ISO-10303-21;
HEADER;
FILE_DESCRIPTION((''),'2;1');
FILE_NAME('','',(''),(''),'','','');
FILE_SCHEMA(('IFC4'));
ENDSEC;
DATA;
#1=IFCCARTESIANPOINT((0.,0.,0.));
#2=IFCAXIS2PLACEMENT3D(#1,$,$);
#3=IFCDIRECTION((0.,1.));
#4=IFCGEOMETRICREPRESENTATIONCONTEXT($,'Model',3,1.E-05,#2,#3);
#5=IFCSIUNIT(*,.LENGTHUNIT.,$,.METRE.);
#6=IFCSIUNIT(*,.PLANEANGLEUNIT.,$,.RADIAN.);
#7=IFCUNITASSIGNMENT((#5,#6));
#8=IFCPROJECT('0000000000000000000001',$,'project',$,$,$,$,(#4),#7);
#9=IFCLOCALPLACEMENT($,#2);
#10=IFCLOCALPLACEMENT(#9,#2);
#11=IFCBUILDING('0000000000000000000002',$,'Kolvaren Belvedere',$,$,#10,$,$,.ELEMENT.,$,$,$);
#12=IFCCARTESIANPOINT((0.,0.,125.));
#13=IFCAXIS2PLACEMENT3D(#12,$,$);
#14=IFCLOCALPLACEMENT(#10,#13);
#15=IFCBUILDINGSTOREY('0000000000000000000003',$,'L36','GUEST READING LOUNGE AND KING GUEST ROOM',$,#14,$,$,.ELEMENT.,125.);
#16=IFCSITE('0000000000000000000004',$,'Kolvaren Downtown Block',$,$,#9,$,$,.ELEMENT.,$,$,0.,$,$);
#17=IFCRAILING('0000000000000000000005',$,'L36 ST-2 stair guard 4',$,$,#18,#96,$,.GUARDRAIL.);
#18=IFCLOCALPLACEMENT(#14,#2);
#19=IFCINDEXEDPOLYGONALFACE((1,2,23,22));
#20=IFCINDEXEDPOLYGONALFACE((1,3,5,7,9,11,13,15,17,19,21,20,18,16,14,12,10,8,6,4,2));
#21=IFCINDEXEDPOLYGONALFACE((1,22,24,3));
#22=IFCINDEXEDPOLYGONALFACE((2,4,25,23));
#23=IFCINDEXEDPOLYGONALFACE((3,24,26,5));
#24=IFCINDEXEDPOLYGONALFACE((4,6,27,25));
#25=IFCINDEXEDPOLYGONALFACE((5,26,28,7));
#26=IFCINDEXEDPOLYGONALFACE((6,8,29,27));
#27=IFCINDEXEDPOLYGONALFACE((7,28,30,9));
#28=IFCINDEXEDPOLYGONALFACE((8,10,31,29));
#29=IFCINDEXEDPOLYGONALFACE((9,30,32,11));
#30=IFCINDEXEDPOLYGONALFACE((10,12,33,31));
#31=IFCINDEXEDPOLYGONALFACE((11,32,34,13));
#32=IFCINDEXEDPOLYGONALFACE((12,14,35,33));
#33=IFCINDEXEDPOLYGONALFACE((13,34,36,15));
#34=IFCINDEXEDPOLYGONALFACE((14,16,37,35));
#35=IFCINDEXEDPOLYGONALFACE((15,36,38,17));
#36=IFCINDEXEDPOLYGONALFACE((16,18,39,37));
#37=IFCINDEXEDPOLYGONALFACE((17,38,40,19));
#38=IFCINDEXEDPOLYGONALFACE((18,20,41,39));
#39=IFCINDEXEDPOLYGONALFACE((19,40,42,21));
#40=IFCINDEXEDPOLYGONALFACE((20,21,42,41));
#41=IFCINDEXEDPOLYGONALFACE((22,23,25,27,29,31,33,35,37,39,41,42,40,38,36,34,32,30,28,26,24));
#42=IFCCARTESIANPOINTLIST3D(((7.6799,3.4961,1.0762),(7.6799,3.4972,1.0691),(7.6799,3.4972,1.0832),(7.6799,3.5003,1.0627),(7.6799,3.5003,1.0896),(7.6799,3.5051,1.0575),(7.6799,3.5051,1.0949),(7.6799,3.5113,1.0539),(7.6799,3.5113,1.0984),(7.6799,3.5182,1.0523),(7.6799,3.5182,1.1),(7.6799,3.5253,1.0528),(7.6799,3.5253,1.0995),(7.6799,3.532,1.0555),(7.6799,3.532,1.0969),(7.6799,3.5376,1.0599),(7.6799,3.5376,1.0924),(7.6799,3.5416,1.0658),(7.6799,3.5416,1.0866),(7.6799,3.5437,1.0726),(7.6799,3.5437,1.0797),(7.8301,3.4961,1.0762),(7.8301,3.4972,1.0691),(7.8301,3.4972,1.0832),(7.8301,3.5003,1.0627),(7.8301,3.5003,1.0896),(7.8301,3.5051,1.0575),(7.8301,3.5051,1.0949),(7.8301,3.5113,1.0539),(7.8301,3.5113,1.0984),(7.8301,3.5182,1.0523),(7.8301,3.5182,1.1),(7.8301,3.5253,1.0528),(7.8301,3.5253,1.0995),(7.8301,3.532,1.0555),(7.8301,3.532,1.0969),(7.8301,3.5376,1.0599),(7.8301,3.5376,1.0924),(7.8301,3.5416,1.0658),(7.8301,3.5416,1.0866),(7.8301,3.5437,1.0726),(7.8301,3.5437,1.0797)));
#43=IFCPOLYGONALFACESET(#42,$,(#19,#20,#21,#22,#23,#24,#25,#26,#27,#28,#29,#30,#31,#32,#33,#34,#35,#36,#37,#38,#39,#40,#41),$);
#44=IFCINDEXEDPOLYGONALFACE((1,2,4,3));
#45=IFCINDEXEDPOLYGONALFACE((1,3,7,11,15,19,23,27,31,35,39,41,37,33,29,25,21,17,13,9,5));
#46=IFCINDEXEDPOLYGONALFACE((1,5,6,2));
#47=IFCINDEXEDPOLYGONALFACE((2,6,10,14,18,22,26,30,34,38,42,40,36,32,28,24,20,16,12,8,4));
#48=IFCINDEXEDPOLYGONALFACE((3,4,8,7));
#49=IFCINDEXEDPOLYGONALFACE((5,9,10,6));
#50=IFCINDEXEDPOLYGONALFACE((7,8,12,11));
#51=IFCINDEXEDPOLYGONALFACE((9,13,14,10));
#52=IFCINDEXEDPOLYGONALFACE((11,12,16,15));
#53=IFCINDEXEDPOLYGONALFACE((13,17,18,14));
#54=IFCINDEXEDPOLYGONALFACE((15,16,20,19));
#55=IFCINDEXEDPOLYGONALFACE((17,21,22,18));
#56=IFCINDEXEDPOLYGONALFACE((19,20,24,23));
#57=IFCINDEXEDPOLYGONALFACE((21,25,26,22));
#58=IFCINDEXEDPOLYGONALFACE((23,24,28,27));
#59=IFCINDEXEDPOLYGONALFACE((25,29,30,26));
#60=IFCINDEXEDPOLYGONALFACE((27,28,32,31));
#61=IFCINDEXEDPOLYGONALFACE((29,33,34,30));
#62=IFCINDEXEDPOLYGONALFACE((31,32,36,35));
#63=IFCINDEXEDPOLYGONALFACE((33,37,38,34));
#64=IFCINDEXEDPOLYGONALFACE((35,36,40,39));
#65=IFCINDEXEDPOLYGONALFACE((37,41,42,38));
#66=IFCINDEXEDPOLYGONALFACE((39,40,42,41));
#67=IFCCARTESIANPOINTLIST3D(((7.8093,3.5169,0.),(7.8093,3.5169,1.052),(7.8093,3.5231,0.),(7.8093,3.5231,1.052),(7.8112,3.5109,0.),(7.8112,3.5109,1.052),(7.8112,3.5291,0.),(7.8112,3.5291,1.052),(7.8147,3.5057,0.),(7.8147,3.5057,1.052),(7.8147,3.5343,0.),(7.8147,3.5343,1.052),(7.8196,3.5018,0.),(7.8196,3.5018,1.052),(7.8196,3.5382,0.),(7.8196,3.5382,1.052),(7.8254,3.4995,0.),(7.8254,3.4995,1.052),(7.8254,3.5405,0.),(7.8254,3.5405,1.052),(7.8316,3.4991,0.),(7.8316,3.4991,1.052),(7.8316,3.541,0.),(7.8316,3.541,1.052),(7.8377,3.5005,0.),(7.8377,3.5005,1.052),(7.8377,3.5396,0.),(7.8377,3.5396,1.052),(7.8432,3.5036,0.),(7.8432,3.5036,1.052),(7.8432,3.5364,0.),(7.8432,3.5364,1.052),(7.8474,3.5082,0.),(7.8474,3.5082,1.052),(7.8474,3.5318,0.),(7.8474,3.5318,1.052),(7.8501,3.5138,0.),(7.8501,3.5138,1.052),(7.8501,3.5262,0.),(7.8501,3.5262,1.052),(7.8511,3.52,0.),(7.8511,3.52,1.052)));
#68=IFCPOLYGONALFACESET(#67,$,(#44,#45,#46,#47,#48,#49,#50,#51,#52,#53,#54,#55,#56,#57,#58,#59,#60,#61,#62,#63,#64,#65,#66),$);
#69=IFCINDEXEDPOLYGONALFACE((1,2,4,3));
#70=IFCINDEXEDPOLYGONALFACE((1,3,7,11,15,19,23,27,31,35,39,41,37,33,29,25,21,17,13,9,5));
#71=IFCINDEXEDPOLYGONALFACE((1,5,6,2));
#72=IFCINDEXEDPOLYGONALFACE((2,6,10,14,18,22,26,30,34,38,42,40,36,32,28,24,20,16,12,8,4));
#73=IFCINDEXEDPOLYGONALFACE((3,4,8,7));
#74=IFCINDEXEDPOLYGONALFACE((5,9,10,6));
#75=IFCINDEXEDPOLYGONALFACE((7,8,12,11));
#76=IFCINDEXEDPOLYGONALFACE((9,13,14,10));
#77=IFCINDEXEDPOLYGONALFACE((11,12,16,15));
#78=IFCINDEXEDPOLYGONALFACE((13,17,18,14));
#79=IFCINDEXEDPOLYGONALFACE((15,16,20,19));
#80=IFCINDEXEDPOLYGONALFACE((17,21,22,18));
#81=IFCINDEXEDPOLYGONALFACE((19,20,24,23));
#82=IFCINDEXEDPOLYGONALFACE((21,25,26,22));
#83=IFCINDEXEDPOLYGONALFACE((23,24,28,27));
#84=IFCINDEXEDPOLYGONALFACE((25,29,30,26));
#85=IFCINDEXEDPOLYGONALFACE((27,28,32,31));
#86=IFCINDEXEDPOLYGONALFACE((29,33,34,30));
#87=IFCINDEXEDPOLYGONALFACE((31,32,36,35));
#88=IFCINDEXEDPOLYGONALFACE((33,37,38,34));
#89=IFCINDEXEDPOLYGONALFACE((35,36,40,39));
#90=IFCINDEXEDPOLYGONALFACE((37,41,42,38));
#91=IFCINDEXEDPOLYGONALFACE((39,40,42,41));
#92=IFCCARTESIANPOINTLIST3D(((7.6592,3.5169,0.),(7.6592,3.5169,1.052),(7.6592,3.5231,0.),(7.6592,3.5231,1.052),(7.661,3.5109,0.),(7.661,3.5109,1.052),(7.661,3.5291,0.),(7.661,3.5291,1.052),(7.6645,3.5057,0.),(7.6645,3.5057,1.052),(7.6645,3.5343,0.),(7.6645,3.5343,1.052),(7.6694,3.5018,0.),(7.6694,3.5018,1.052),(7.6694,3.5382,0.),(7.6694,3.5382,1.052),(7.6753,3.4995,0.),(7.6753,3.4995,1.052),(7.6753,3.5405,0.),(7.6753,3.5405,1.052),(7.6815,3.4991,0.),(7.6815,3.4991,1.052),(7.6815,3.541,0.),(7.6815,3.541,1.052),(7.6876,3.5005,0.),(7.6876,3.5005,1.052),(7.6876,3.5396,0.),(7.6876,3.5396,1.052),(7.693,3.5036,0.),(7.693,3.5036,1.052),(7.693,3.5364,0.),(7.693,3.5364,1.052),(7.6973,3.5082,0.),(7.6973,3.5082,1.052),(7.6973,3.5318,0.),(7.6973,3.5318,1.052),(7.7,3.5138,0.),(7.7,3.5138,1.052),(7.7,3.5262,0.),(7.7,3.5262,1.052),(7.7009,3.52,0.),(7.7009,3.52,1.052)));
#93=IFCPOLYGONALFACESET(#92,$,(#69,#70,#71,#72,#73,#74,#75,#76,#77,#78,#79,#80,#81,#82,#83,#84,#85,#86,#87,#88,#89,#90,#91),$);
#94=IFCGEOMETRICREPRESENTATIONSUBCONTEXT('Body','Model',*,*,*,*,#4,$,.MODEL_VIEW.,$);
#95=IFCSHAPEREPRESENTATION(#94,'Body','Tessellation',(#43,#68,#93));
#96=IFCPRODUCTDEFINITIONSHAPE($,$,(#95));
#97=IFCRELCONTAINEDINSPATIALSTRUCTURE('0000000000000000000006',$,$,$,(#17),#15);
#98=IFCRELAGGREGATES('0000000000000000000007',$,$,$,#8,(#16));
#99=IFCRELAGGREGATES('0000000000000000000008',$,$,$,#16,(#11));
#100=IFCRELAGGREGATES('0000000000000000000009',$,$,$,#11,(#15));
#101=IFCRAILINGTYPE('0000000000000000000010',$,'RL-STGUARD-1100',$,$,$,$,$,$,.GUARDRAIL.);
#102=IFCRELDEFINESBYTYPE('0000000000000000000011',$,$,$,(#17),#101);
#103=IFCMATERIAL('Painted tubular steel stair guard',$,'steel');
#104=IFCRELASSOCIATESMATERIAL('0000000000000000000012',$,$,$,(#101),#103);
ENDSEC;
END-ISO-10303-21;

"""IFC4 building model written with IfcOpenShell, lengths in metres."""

from ifc_helpers import new_model, si_unit, direction, frame, origin, origin_2d, place, context, subcontext, project, spatial, circle, extrude, material, type_object, element, save


model = new_model("IFC4")

# Units and contexts
model_context = context("Model", 3, precision=1e-05, world=origin(), true_north=direction((0.0, 1.0)))
body_context = subcontext(model_context, "Body", "Model", "MODEL_VIEW")
ifc_project = project(units=[si_unit("LENGTHUNIT", "METRE"), si_unit("PLANEANGLEUNIT", "RADIAN")], contexts=[model_context])

# Site, building, storey
site_placement = place(None, origin())
site = spatial("IfcSite", under=ifc_project, at=site_placement, Name="Kolvaren Downtown Block", CompositionType="ELEMENT", RefElevation=0.0)
building_placement = place(site_placement, origin())
building = spatial("IfcBuilding", under=site, at=building_placement, Name="Kolvaren Belvedere", CompositionType="ELEMENT")
storey_placement = place(building_placement, frame((0.0, 0.0, 125.0)))
storey = spatial("IfcBuildingStorey", under=building, at=storey_placement, Name="L36", Description="GUEST READING LOUNGE AND KING GUEST ROOM", CompositionType="ELEMENT", Elevation=125.0)

# Railing
ifc_material_1 = material(Name="Painted tubular steel stair guard", Category="steel")
railing_type_1 = type_object("IfcRailingType", Name="RL-STGUARD-1100", PredefinedType="GUARDRAIL", material=ifc_material_1)
railing_1_placement = place(storey_placement, frame((7.8301, 3.52, 0.0)))
element("IfcRailing", 1, at=railing_1_placement, inside=storey, type_object=railing_type_1, Name="L36 ST-2 stair guard 4", PredefinedType="GUARDRAIL", context=body_context, shape_type="SweptSolid", body=[
    extrude(circle(Radius=0.0239, at=origin_2d()), frame((0.0, 0.0, 1.0762), z_axis=(-1.0, 0.0, 0.0), x_axis=(0.0, -1.0, 0.0)), (0.0, 0.0, 1.0), 0.1501),
    extrude(circle(Radius=0.021, at=origin_2d()), origin(), (0.0, 0.0, 1.0), 1.052),
    extrude(circle(Radius=0.021, at=origin_2d()), frame((-0.1501, 0.0, 0.0)), (0.0, 0.0, 1.0), 1.052),
])

save(model, "model.ifc")
